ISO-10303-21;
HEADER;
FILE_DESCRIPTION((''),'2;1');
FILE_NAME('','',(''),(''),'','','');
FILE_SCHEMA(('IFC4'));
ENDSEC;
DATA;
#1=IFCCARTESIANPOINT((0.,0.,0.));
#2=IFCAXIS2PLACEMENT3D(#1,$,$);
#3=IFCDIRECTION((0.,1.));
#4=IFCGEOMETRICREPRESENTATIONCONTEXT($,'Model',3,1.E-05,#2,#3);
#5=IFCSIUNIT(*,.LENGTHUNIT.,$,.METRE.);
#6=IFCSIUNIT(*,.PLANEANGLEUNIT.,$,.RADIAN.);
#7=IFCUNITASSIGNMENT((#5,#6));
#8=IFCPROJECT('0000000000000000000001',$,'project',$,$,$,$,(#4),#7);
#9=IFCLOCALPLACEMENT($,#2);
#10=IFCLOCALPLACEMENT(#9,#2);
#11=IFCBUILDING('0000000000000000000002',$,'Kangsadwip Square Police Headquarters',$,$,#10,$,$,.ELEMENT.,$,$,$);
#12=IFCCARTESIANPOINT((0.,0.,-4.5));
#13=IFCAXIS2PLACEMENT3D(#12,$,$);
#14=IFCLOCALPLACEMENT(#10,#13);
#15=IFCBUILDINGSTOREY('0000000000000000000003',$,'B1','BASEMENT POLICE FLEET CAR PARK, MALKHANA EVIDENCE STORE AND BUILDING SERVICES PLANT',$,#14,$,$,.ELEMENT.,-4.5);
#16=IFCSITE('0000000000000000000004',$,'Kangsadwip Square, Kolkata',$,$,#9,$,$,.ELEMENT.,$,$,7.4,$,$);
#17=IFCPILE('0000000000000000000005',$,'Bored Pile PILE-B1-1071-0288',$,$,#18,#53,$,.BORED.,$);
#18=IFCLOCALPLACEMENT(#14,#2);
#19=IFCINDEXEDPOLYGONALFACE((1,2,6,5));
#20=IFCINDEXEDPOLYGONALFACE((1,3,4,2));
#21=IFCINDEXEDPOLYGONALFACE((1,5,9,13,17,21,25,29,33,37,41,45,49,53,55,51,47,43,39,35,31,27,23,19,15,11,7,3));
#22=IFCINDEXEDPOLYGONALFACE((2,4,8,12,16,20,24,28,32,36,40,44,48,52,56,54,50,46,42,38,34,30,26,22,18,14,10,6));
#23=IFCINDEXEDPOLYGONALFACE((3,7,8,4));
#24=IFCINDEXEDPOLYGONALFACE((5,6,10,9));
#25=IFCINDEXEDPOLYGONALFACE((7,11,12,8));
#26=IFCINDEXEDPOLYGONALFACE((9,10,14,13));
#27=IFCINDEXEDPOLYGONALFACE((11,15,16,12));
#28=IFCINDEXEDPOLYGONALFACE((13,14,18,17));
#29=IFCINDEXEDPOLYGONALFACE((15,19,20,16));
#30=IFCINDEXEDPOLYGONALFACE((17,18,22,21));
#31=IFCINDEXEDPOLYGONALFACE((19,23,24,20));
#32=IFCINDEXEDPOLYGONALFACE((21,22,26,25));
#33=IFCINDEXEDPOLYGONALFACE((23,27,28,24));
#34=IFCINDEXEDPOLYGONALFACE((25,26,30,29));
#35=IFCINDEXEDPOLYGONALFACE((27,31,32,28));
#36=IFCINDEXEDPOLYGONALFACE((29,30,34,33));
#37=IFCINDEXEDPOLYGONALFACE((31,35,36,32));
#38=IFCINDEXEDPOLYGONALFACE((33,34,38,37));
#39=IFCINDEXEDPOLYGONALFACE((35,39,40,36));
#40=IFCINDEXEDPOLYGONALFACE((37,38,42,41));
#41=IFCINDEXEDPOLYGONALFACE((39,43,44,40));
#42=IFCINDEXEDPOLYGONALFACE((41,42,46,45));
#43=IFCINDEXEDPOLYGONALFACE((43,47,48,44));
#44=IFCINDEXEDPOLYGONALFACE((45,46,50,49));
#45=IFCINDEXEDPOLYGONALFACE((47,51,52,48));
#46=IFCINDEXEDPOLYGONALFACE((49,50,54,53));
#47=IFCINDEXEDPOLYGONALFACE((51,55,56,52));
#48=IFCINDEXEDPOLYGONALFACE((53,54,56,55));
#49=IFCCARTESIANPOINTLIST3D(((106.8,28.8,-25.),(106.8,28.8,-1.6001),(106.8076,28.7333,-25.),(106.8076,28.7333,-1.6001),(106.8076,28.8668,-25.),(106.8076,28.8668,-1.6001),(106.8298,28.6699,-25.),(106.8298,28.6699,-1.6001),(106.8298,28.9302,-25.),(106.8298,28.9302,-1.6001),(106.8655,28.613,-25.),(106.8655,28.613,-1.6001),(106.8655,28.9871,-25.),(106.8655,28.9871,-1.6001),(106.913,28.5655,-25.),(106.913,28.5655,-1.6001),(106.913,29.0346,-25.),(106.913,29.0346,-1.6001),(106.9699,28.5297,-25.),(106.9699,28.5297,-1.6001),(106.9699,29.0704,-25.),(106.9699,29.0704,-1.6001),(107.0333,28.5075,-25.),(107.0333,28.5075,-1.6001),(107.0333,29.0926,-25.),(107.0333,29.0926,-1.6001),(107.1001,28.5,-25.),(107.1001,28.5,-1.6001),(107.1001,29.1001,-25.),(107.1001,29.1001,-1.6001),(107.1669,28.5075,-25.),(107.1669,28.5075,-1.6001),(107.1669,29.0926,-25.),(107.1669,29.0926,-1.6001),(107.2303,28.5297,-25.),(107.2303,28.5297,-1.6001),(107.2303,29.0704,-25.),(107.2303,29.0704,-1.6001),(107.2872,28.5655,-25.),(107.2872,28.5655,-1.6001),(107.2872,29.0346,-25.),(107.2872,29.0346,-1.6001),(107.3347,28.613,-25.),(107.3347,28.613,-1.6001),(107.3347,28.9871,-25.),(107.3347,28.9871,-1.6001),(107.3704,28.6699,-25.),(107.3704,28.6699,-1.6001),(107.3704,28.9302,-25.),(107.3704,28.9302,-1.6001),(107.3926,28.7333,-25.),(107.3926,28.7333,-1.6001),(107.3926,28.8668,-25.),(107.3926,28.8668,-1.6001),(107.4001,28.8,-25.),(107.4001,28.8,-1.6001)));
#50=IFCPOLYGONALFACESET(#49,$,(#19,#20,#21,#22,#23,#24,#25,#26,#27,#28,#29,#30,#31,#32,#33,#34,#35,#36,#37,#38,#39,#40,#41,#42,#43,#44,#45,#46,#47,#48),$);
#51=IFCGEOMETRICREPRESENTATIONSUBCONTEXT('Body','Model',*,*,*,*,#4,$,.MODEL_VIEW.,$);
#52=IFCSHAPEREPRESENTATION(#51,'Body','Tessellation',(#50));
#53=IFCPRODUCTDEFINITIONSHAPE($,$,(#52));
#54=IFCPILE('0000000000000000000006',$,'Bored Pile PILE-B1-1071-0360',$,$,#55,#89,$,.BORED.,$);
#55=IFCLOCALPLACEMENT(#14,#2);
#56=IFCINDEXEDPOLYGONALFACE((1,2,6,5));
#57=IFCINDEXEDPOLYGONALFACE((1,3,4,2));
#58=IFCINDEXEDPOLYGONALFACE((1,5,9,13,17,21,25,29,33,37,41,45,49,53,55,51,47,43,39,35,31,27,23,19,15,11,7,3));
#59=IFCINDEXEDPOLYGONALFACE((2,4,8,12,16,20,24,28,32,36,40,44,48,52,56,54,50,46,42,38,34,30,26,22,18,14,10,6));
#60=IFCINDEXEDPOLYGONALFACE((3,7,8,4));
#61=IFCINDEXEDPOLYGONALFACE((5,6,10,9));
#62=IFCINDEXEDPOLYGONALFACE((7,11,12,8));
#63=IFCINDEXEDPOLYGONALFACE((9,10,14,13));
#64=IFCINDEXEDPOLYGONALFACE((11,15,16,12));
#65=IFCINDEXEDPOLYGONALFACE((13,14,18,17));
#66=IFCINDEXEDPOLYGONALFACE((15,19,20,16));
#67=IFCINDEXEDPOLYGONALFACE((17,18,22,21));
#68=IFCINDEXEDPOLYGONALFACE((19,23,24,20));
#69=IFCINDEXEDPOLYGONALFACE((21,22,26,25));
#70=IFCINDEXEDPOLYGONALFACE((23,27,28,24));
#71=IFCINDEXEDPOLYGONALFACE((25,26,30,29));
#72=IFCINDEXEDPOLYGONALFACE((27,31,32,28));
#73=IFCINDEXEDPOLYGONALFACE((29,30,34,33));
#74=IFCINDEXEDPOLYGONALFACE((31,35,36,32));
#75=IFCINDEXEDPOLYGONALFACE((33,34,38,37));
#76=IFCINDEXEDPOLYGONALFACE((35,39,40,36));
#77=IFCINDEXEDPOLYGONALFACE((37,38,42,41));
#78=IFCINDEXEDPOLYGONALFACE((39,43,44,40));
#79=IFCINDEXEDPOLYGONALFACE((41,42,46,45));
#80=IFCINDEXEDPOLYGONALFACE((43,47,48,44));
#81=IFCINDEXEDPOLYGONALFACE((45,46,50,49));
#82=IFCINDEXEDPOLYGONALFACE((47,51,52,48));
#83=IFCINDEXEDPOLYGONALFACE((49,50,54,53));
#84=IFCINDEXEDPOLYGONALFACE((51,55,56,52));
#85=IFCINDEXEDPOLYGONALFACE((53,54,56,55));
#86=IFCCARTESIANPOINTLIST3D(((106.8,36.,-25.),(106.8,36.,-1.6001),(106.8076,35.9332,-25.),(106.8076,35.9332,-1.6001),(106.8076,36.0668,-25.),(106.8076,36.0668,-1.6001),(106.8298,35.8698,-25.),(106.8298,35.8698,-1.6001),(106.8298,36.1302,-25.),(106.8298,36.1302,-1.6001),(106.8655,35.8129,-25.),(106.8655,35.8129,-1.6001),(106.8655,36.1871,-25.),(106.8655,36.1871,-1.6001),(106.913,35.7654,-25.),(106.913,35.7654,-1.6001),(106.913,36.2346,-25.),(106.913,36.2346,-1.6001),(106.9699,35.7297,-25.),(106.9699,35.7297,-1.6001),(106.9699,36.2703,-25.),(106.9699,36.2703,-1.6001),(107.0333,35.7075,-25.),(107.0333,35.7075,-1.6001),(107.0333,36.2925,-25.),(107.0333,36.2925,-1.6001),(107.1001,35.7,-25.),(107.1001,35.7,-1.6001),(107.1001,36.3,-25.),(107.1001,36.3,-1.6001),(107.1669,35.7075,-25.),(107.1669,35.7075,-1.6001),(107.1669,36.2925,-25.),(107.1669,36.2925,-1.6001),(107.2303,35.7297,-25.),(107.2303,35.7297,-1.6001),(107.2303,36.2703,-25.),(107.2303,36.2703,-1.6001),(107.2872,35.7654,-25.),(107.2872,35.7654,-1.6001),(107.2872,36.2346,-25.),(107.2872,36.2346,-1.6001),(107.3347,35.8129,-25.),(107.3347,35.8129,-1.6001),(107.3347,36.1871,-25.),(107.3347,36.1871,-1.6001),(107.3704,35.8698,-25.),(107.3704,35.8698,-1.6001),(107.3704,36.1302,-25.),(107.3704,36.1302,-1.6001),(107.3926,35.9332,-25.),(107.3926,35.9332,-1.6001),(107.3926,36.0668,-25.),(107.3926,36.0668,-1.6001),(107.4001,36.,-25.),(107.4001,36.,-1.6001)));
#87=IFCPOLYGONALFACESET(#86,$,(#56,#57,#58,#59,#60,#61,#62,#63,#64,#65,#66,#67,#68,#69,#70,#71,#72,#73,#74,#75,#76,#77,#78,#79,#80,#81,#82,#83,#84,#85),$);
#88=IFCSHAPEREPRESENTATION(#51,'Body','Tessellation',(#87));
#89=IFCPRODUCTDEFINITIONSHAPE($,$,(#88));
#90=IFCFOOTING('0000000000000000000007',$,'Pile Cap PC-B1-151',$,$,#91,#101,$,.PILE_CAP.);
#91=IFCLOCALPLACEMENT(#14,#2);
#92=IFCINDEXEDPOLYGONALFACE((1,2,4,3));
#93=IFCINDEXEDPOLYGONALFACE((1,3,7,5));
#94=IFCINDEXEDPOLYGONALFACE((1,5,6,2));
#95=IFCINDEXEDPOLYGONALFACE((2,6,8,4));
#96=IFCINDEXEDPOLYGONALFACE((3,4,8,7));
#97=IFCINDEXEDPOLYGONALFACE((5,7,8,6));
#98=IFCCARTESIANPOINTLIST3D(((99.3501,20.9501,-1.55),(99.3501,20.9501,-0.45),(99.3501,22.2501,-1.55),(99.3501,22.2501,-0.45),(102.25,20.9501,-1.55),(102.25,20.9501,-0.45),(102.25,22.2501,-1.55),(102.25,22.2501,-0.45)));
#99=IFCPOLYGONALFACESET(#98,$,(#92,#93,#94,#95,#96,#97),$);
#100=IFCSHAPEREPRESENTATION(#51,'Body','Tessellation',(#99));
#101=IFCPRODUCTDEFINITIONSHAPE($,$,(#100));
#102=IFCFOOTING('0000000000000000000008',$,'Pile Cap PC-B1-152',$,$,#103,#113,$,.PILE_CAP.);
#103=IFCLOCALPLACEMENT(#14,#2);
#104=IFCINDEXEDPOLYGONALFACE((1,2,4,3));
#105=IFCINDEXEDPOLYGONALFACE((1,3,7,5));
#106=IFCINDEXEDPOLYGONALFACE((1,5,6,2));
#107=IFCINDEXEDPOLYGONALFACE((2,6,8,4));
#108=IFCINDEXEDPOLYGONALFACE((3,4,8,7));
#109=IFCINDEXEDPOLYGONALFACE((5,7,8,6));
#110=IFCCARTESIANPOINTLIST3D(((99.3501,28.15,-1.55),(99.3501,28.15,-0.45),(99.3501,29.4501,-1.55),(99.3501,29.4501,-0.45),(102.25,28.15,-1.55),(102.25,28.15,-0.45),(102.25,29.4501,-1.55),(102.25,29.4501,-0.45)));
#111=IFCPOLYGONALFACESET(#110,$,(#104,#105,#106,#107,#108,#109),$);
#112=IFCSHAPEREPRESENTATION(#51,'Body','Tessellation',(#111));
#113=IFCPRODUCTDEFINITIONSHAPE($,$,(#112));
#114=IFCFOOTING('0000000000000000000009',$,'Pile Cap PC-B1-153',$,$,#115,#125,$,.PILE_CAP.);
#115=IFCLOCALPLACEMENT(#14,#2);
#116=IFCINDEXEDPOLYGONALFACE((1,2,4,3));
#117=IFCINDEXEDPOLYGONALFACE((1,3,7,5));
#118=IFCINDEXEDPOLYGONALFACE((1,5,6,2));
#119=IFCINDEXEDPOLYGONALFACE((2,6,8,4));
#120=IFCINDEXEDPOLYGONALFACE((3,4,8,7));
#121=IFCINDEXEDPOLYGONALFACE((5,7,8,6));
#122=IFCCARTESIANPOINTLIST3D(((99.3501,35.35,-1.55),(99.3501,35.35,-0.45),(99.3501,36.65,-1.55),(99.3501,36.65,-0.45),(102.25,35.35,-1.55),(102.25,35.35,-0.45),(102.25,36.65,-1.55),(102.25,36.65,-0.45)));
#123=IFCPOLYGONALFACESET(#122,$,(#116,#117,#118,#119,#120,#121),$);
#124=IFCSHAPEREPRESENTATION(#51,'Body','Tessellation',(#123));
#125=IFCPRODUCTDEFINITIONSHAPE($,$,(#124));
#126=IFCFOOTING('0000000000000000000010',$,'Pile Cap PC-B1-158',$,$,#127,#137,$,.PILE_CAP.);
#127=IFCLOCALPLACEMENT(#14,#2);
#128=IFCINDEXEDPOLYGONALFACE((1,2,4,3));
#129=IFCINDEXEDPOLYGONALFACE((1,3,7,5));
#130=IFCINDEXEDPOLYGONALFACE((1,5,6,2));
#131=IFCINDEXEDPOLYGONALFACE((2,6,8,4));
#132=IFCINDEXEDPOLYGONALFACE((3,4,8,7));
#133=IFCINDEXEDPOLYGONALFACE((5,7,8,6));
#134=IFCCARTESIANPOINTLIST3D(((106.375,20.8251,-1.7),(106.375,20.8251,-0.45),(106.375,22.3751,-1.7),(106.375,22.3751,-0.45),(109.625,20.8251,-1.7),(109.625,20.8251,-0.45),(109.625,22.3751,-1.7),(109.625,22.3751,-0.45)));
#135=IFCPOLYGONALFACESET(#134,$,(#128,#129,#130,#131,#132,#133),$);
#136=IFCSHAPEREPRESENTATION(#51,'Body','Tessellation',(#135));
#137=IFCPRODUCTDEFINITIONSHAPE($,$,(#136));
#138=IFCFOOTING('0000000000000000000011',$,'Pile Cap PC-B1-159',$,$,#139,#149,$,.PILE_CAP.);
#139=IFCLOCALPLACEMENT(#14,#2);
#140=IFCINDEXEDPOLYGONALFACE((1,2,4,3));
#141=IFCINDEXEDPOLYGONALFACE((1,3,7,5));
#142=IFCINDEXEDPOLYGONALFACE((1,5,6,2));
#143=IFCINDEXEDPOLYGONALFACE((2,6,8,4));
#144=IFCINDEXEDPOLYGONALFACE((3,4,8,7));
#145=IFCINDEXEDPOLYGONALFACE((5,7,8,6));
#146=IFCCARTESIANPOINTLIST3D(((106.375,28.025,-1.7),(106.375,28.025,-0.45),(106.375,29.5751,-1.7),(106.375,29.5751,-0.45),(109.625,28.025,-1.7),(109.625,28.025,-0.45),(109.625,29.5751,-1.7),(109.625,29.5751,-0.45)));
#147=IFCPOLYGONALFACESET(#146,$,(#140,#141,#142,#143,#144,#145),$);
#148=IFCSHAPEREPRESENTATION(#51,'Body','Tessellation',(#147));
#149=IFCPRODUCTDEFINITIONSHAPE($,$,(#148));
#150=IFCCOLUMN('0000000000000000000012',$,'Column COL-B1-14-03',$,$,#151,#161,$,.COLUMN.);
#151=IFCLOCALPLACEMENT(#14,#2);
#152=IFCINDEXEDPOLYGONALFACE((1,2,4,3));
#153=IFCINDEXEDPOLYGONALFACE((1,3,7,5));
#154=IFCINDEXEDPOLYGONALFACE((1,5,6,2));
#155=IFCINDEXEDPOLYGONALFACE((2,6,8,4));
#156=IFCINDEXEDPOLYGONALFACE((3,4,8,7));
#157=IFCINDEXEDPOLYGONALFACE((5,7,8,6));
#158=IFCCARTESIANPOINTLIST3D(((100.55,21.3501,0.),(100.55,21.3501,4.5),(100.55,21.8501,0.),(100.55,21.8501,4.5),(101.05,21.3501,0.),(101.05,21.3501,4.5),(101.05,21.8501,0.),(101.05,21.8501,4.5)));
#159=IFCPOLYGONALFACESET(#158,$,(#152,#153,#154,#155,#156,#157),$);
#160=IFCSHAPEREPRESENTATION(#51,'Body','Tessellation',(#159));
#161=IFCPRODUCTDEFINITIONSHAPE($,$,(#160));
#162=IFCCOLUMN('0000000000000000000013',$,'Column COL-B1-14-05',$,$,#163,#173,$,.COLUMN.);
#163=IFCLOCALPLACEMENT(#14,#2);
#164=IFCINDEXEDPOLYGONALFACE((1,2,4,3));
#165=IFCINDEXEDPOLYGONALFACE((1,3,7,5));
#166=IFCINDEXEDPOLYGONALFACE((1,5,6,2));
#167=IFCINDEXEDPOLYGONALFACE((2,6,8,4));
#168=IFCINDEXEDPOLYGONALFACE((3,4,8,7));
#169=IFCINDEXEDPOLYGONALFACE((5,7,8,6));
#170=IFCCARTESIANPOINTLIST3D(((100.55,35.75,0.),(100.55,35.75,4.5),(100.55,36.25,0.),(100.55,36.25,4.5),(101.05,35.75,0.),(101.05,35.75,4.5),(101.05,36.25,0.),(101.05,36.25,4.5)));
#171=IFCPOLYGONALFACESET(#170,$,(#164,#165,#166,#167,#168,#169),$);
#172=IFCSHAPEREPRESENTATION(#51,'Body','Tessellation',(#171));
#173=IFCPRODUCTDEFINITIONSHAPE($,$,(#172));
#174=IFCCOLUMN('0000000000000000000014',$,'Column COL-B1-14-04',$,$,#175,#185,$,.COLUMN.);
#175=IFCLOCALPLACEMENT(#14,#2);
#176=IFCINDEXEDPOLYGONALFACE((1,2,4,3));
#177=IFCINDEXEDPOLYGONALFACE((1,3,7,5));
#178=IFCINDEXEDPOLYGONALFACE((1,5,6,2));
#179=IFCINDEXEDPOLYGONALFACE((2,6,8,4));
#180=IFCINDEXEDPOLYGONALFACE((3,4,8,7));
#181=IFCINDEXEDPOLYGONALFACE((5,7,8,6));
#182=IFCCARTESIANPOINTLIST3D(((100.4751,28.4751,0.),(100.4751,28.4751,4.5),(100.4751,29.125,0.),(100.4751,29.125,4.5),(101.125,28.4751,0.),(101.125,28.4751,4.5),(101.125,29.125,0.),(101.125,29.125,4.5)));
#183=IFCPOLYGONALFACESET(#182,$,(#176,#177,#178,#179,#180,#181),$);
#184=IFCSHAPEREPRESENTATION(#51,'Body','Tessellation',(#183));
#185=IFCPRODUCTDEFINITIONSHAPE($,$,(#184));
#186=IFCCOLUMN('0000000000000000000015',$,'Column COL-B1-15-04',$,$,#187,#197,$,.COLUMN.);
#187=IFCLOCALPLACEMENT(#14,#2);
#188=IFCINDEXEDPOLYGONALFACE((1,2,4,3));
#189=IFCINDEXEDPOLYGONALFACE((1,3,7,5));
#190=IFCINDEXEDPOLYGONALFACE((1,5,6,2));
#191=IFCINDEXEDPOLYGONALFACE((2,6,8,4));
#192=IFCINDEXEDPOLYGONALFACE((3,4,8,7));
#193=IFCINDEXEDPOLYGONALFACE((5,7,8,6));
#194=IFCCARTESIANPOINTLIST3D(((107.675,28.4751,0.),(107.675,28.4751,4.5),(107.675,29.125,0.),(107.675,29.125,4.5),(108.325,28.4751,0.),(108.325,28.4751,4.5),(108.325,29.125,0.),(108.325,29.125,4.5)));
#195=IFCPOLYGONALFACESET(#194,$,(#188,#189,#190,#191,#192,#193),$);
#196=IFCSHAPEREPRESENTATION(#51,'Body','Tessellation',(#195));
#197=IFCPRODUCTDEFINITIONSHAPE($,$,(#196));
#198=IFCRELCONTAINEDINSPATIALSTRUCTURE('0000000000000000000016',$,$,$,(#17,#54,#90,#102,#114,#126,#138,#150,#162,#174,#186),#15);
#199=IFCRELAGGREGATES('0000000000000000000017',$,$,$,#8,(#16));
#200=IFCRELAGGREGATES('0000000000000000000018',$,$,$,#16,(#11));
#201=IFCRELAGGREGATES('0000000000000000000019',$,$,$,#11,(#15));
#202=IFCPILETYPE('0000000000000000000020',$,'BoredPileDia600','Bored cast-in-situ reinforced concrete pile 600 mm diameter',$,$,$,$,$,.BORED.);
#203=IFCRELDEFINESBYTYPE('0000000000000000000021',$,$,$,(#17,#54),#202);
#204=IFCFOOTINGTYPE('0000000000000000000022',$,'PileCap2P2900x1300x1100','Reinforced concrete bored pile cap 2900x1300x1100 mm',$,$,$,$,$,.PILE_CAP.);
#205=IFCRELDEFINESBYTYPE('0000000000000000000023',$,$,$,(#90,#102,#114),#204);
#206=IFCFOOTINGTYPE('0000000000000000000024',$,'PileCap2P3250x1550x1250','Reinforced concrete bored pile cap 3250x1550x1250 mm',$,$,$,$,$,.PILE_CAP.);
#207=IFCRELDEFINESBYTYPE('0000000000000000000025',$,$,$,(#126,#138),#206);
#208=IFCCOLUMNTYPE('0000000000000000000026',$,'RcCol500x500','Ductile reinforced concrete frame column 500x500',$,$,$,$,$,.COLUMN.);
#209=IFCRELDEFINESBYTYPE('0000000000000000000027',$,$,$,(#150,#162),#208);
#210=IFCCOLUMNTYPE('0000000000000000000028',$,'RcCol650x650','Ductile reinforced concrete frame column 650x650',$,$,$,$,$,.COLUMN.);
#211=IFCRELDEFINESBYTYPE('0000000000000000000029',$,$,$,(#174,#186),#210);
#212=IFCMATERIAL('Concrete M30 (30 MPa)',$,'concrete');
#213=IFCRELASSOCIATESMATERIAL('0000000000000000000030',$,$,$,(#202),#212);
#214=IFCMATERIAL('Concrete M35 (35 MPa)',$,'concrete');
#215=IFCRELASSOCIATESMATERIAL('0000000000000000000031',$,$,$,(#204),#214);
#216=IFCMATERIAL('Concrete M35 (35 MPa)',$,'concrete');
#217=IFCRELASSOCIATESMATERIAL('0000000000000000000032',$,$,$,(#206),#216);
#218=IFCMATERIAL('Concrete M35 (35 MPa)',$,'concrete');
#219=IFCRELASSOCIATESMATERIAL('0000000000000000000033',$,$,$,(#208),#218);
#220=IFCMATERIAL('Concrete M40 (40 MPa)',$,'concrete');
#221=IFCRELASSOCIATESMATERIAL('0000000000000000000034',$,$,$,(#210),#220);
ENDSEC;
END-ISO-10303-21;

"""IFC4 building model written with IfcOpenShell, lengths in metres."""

from ifc_helpers import new_model, si_unit, direction, frame, origin, origin_2d, place, context, subcontext, project, spatial, rectangle, circle, extrude, material, material_profile, profile_set, type_object, element, save


model = new_model("IFC4")

# Units and contexts
model_context = context("Model", 3, precision=1e-05, world=origin(), true_north=direction((0.0, 1.0)))
body_context = subcontext(model_context, "Body", "Model", "MODEL_VIEW")
ifc_project = project(units=[si_unit("LENGTHUNIT", "METRE"), si_unit("PLANEANGLEUNIT", "RADIAN")], contexts=[model_context])

# Site, building, storey
site_placement = place(None, origin())
site = spatial("IfcSite", under=ifc_project, at=site_placement, Name="Kangsadwip Square, Kolkata", CompositionType="ELEMENT", RefElevation=7.4)
building_placement = place(site_placement, origin())
building = spatial("IfcBuilding", under=site, at=building_placement, Name="Kangsadwip Square Police Headquarters", CompositionType="ELEMENT")
storey_placement = place(building_placement, frame((0.0, 0.0, -4.5)))
storey = spatial("IfcBuildingStorey", under=building, at=storey_placement, Name="B1", Description="BASEMENT POLICE FLEET CAR PARK, MALKHANA EVIDENCE STORE AND BUILDING SERVICES PLANT", CompositionType="ELEMENT", Elevation=-4.5)

# Piles
ifc_material_1 = material(Name="Concrete M30 (30 MPa)", Category="concrete")
ifc_material_profile_1 = material_profile(ifc_material_1, circle(Radius=0.3, at=origin_2d()), Name="PILE DIA 600")
ifc_profile_set_1 = profile_set([ifc_material_profile_1], Name="Concrete M30 (30 MPa)")
pile_type = type_object("IfcPileType", Name="BoredPileDia600", Description="Bored cast-in-situ reinforced concrete pile 600 mm diameter", PredefinedType="BORED", material=ifc_profile_set_1)
for number, where, z_axis, x_axis, name in (
    (1, (107.1001, 28.8, -1.6001), (0.0, 0.0, -1.0), (1.0, 0.0, 0.0), "Bored Pile PILE-B1-1071-0288"),
    (2, (107.1001, 36.0, -1.6001), (0.0, 0.0, -1.0), (1.0, 0.0, 0.0), "Bored Pile PILE-B1-1071-0360"),
):
    element("IfcPile", number, at=place(storey_placement, frame(where, z_axis=z_axis, x_axis=x_axis)), inside=storey, type_object=pile_type, Name=name, PredefinedType="BORED", context=body_context, shape_type="SweptSolid", body=[
        extrude(circle(Radius=0.3, at=origin_2d()), origin(), (0.0, 0.0, 1.0), 23.3999),
    ])

# Footings
ifc_material_2 = material(Name="Concrete M35 (35 MPa)", Category="concrete")
footing_type_1 = type_object("IfcFootingType", Name="PileCap2P2900x1300x1100", Description="Reinforced concrete bored pile cap 2900x1300x1100 mm", PredefinedType="PILE_CAP", material=ifc_material_2)
for number, where, z_axis, x_axis, name in (
    (3, (100.8, 21.6001, -1.55), (0.0, 0.0, 1.0), (1.0, 0.0, 0.0), "Pile Cap PC-B1-151"),
    (4, (100.8, 28.8, -1.55), (0.0, 0.0, 1.0), (1.0, 0.0, 0.0), "Pile Cap PC-B1-152"),
    (5, (100.8, 36.0, -1.55), (0.0, 0.0, 1.0), (1.0, 0.0, 0.0), "Pile Cap PC-B1-153"),
):
    element("IfcFooting", number, at=place(storey_placement, frame(where, z_axis=z_axis, x_axis=x_axis)), inside=storey, type_object=footing_type_1, Name=name, PredefinedType="PILE_CAP", context=body_context, shape_type="SweptSolid", body=[
        extrude(rectangle(XDim=2.8999, YDim=1.3, at=origin_2d()), origin(), (0.0, 0.0, 1.0), 1.1001),
    ])
ifc_material_3 = material(Name="Concrete M35 (35 MPa)", Category="concrete")
footing_type_2 = type_object("IfcFootingType", Name="PileCap2P3250x1550x1250", Description="Reinforced concrete bored pile cap 3250x1550x1250 mm", PredefinedType="PILE_CAP", material=ifc_material_3)
for number, where, z_axis, x_axis, name in (
    (6, (108.0, 21.6001, -1.7), (0.0, 0.0, 1.0), (1.0, 0.0, 0.0), "Pile Cap PC-B1-158"),
    (7, (108.0, 28.8, -1.7), (0.0, 0.0, 1.0), (1.0, 0.0, 0.0), "Pile Cap PC-B1-159"),
):
    element("IfcFooting", number, at=place(storey_placement, frame(where, z_axis=z_axis, x_axis=x_axis)), inside=storey, type_object=footing_type_2, Name=name, PredefinedType="PILE_CAP", context=body_context, shape_type="SweptSolid", body=[
        extrude(rectangle(XDim=3.25, YDim=1.55, at=origin_2d()), origin(), (0.0, 0.0, 1.0), 1.25),
    ])

# Columns
ifc_material_4 = material(Name="Concrete M35 (35 MPa)", Category="concrete")
ifc_material_profile_2 = material_profile(ifc_material_4, rectangle(XDim=0.5, YDim=0.5, at=origin_2d()), Name="RC COL 500X500")
ifc_profile_set_2 = profile_set([ifc_material_profile_2], Name="Concrete M35 (35 MPa)")
column_type_1 = type_object("IfcColumnType", Name="RcCol500x500", Description="Ductile reinforced concrete frame column 500x500", PredefinedType="COLUMN", material=ifc_profile_set_2)
for number, where, z_axis, x_axis, name in (
    (8, (100.8, 21.6001, 0.0), (0.0, 0.0, 1.0), (1.0, 0.0, 0.0), "Column COL-B1-14-03"),
    (9, (100.8, 36.0, 0.0), (0.0, 0.0, 1.0), (1.0, 0.0, 0.0), "Column COL-B1-14-05"),
):
    element("IfcColumn", number, at=place(storey_placement, frame(where, z_axis=z_axis, x_axis=x_axis)), inside=storey, type_object=column_type_1, Name=name, PredefinedType="COLUMN", context=body_context, shape_type="SweptSolid", body=[
        extrude(rectangle(XDim=0.5, YDim=0.5, at=origin_2d()), origin(), (0.0, 0.0, 1.0), 4.5),
    ])
ifc_material_5 = material(Name="Concrete M40 (40 MPa)", Category="concrete")
ifc_material_profile_3 = material_profile(ifc_material_5, rectangle(XDim=0.6499, YDim=0.6499, at=origin_2d()), Name="RC COL 650X650")
ifc_profile_set_3 = profile_set([ifc_material_profile_3], Name="Concrete M40 (40 MPa)")
column_type_2 = type_object("IfcColumnType", Name="RcCol650x650", Description="Ductile reinforced concrete frame column 650x650", PredefinedType="COLUMN", material=ifc_profile_set_3)
for number, where, z_axis, x_axis, name in (
    (10, (100.8, 28.8, 0.0), (0.0, 0.0, 1.0), (1.0, 0.0, 0.0), "Column COL-B1-14-04"),
    (11, (108.0, 28.8, 0.0), (0.0, 0.0, 1.0), (1.0, 0.0, 0.0), "Column COL-B1-15-04"),
):
    element("IfcColumn", number, at=place(storey_placement, frame(where, z_axis=z_axis, x_axis=x_axis)), inside=storey, type_object=column_type_2, Name=name, PredefinedType="COLUMN", context=body_context, shape_type="SweptSolid", body=[
        extrude(rectangle(XDim=0.6499, YDim=0.6499, at=origin_2d()), origin(), (0.0, 0.0, 1.0), 4.5),
    ])

save(model, "model.ifc")
